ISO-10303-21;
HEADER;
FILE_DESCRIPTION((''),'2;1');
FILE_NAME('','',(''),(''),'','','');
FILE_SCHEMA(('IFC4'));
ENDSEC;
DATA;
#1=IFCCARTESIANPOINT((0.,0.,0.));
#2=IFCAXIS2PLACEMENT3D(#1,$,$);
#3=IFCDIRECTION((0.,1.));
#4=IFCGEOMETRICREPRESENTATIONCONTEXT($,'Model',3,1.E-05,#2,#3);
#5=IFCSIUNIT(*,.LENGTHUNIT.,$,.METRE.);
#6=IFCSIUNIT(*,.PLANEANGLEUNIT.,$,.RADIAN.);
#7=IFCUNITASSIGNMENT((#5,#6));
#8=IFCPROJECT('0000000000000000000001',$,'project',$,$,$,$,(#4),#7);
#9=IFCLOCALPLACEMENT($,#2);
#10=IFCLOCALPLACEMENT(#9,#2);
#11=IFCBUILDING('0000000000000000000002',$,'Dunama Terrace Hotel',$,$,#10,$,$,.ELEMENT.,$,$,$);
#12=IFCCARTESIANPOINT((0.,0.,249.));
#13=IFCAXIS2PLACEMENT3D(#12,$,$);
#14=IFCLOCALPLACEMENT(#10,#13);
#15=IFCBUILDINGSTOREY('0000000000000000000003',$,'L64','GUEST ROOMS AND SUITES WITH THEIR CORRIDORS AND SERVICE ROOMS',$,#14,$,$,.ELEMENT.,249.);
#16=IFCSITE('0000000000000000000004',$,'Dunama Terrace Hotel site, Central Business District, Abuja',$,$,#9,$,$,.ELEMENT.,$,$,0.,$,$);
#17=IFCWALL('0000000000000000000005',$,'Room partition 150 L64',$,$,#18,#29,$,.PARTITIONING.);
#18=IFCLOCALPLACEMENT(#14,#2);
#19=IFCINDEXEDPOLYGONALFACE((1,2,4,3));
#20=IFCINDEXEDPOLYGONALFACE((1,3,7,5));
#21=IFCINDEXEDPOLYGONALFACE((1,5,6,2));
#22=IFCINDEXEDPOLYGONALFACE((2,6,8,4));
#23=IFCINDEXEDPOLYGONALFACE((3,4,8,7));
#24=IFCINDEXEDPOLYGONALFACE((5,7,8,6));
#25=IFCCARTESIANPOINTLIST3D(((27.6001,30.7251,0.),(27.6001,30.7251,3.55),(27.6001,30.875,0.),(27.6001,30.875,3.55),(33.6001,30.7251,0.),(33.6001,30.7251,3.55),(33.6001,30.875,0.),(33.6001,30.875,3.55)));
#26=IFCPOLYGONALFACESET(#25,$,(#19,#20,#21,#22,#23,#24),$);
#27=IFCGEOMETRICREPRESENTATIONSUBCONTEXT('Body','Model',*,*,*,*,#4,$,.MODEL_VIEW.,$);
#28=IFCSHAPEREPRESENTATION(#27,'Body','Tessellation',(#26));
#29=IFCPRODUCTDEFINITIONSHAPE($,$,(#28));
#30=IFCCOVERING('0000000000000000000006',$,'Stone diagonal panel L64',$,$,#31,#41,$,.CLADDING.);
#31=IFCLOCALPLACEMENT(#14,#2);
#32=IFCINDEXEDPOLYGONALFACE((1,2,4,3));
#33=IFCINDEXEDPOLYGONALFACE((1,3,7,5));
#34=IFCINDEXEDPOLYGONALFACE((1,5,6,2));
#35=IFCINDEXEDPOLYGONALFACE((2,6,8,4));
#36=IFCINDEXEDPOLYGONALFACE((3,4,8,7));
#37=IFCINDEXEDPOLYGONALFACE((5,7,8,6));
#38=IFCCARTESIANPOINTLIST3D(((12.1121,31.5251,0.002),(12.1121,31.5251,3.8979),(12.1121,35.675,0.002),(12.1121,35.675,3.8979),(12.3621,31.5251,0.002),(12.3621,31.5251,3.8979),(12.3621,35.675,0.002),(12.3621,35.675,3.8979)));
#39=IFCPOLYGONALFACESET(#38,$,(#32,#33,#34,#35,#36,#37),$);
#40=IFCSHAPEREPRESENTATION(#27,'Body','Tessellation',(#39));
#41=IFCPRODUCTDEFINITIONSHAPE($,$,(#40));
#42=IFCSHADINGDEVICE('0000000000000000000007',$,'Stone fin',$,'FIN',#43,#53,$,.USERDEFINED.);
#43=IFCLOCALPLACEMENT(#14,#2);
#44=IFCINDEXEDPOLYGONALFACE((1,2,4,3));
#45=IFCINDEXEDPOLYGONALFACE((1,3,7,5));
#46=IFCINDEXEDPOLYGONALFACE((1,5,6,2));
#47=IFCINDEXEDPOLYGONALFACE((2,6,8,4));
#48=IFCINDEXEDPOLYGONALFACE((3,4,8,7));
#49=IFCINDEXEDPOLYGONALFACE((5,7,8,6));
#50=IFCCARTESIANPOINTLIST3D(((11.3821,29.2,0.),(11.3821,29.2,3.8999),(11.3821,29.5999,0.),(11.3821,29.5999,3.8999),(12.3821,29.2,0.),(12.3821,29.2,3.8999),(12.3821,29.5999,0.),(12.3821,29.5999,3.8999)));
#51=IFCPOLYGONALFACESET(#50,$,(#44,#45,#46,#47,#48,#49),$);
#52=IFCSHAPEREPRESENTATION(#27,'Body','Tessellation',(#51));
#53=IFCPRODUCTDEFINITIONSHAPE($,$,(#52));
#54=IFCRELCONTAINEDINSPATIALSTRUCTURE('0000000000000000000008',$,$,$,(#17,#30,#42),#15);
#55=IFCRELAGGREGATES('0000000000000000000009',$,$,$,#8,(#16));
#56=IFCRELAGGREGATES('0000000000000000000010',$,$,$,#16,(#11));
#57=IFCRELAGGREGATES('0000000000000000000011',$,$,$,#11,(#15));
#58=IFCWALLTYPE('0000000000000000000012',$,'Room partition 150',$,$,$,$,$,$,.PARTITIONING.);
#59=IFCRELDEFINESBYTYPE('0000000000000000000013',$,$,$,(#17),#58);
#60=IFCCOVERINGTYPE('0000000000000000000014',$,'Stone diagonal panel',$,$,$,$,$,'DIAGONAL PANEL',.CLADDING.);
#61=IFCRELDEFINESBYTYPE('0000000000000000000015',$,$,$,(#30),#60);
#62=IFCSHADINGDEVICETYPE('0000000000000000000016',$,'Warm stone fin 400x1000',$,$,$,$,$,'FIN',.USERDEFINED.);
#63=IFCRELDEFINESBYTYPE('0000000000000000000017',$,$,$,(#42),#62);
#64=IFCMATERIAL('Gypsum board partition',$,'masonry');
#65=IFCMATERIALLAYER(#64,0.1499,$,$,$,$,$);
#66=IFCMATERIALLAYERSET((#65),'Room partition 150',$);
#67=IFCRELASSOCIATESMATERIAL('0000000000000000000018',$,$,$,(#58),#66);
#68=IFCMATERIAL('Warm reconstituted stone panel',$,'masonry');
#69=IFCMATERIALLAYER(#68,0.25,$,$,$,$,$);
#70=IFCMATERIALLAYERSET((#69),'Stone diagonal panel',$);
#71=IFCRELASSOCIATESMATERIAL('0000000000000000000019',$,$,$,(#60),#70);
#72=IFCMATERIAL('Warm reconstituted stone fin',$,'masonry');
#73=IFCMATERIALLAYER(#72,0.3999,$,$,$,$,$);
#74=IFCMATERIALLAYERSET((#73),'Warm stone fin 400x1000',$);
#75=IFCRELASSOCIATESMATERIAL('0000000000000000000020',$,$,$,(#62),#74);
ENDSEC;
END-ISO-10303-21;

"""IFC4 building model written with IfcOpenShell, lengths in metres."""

from ifc_helpers import new_model, si_unit, direction, frame, frame_2d, origin, origin_2d, place, context, subcontext, project, spatial, rectangle, extrude, material, layer, layer_set, type_object, element, save


model = new_model("IFC4")

# Units and contexts
model_context = context("Model", 3, precision=1e-05, world=origin(), true_north=direction((0.0, 1.0)))
body_context = subcontext(model_context, "Body", "Model", "MODEL_VIEW")
ifc_project = project(units=[si_unit("LENGTHUNIT", "METRE"), si_unit("PLANEANGLEUNIT", "RADIAN")], contexts=[model_context])

# Site, building, storey
site_placement = place(None, origin())
site = spatial("IfcSite", under=ifc_project, at=site_placement, Name="Dunama Terrace Hotel site, Central Business District, Abuja", CompositionType="ELEMENT", RefElevation=0.0)
building_placement = place(site_placement, origin())
building = spatial("IfcBuilding", under=site, at=building_placement, Name="Dunama Terrace Hotel", CompositionType="ELEMENT")
storey_placement = place(building_placement, frame((0.0, 0.0, 249.0)))
storey = spatial("IfcBuildingStorey", under=building, at=storey_placement, Name="L64", Description="GUEST ROOMS AND SUITES WITH THEIR CORRIDORS AND SERVICE ROOMS", CompositionType="ELEMENT", Elevation=249.0)

# Shared definitions
ifc_material_1 = material(Name="Gypsum board partition", Category="masonry")
ifc_layer_1 = layer(ifc_material_1, 0.1499)
ifc_layer_set_1 = layer_set([ifc_layer_1], Name="Room partition 150")
wall_type_1 = type_object("IfcWallType", Name="Room partition 150", PredefinedType="PARTITIONING", material=ifc_layer_set_1)

# Wall
wall_1_placement = place(storey_placement, frame((27.6001, 30.8, 0.0), z_axis=(0.0, 0.0, 1.0), x_axis=(1.0, 0.0, 0.0)))
element("IfcWall", 1, at=wall_1_placement, inside=storey, type_object=wall_type_1, Name="Room partition 150 L64", PredefinedType="PARTITIONING", context=body_context, shape_type="SweptSolid", body=[
    extrude(rectangle(XDim=6.0, YDim=0.1499, at=frame_2d((3.0, 0.0))), origin(), (0.0, 0.0, 1.0), 3.55),
])

# Covering
ifc_material_2 = material(Name="Warm reconstituted stone panel", Category="masonry")
ifc_layer_2 = layer(ifc_material_2, 0.25)
ifc_layer_set_2 = layer_set([ifc_layer_2], Name="Stone diagonal panel")
covering_type = type_object("IfcCoveringType", Name="Stone diagonal panel", ElementType="DIAGONAL PANEL", PredefinedType="CLADDING", material=ifc_layer_set_2)
covering_placement = place(storey_placement, frame((12.2371, 33.6001, 0.002), z_axis=(0.0, 0.0, 1.0), x_axis=(0.0, -1.0, 0.0)))
element("IfcCovering", 2, at=covering_placement, inside=storey, type_object=covering_type, Name="Stone diagonal panel L64", PredefinedType="CLADDING", context=body_context, shape_type="SweptSolid", body=[
    extrude(rectangle(XDim=4.1499, YDim=0.25, at=origin_2d()), origin(), (0.0, 0.0, 1.0), 3.896),
])

# Shading device
ifc_material_3 = material(Name="Warm reconstituted stone fin", Category="masonry")
ifc_layer_3 = layer(ifc_material_3, 0.3999)
ifc_layer_set_3 = layer_set([ifc_layer_3], Name="Warm stone fin 400x1000")
shading_device_type = type_object("IfcShadingDeviceType", Name="Warm stone fin 400x1000", ElementType="FIN", PredefinedType="USERDEFINED", material=ifc_layer_set_3)
shading_device_placement = place(storey_placement, frame((11.8821, 29.3999, 0.0), z_axis=(0.0, 0.0, 1.0), x_axis=(0.0, -1.0, 0.0)))
element("IfcShadingDevice", 3, at=shading_device_placement, inside=storey, type_object=shading_device_type, Name="Stone fin", ObjectType="FIN", PredefinedType="USERDEFINED", context=body_context, shape_type="SweptSolid", body=[
    extrude(rectangle(XDim=0.3999, YDim=1.0, at=origin_2d()), origin(), (0.0, 0.0, 1.0), 3.8999),
])

save(model, "model.ifc")
